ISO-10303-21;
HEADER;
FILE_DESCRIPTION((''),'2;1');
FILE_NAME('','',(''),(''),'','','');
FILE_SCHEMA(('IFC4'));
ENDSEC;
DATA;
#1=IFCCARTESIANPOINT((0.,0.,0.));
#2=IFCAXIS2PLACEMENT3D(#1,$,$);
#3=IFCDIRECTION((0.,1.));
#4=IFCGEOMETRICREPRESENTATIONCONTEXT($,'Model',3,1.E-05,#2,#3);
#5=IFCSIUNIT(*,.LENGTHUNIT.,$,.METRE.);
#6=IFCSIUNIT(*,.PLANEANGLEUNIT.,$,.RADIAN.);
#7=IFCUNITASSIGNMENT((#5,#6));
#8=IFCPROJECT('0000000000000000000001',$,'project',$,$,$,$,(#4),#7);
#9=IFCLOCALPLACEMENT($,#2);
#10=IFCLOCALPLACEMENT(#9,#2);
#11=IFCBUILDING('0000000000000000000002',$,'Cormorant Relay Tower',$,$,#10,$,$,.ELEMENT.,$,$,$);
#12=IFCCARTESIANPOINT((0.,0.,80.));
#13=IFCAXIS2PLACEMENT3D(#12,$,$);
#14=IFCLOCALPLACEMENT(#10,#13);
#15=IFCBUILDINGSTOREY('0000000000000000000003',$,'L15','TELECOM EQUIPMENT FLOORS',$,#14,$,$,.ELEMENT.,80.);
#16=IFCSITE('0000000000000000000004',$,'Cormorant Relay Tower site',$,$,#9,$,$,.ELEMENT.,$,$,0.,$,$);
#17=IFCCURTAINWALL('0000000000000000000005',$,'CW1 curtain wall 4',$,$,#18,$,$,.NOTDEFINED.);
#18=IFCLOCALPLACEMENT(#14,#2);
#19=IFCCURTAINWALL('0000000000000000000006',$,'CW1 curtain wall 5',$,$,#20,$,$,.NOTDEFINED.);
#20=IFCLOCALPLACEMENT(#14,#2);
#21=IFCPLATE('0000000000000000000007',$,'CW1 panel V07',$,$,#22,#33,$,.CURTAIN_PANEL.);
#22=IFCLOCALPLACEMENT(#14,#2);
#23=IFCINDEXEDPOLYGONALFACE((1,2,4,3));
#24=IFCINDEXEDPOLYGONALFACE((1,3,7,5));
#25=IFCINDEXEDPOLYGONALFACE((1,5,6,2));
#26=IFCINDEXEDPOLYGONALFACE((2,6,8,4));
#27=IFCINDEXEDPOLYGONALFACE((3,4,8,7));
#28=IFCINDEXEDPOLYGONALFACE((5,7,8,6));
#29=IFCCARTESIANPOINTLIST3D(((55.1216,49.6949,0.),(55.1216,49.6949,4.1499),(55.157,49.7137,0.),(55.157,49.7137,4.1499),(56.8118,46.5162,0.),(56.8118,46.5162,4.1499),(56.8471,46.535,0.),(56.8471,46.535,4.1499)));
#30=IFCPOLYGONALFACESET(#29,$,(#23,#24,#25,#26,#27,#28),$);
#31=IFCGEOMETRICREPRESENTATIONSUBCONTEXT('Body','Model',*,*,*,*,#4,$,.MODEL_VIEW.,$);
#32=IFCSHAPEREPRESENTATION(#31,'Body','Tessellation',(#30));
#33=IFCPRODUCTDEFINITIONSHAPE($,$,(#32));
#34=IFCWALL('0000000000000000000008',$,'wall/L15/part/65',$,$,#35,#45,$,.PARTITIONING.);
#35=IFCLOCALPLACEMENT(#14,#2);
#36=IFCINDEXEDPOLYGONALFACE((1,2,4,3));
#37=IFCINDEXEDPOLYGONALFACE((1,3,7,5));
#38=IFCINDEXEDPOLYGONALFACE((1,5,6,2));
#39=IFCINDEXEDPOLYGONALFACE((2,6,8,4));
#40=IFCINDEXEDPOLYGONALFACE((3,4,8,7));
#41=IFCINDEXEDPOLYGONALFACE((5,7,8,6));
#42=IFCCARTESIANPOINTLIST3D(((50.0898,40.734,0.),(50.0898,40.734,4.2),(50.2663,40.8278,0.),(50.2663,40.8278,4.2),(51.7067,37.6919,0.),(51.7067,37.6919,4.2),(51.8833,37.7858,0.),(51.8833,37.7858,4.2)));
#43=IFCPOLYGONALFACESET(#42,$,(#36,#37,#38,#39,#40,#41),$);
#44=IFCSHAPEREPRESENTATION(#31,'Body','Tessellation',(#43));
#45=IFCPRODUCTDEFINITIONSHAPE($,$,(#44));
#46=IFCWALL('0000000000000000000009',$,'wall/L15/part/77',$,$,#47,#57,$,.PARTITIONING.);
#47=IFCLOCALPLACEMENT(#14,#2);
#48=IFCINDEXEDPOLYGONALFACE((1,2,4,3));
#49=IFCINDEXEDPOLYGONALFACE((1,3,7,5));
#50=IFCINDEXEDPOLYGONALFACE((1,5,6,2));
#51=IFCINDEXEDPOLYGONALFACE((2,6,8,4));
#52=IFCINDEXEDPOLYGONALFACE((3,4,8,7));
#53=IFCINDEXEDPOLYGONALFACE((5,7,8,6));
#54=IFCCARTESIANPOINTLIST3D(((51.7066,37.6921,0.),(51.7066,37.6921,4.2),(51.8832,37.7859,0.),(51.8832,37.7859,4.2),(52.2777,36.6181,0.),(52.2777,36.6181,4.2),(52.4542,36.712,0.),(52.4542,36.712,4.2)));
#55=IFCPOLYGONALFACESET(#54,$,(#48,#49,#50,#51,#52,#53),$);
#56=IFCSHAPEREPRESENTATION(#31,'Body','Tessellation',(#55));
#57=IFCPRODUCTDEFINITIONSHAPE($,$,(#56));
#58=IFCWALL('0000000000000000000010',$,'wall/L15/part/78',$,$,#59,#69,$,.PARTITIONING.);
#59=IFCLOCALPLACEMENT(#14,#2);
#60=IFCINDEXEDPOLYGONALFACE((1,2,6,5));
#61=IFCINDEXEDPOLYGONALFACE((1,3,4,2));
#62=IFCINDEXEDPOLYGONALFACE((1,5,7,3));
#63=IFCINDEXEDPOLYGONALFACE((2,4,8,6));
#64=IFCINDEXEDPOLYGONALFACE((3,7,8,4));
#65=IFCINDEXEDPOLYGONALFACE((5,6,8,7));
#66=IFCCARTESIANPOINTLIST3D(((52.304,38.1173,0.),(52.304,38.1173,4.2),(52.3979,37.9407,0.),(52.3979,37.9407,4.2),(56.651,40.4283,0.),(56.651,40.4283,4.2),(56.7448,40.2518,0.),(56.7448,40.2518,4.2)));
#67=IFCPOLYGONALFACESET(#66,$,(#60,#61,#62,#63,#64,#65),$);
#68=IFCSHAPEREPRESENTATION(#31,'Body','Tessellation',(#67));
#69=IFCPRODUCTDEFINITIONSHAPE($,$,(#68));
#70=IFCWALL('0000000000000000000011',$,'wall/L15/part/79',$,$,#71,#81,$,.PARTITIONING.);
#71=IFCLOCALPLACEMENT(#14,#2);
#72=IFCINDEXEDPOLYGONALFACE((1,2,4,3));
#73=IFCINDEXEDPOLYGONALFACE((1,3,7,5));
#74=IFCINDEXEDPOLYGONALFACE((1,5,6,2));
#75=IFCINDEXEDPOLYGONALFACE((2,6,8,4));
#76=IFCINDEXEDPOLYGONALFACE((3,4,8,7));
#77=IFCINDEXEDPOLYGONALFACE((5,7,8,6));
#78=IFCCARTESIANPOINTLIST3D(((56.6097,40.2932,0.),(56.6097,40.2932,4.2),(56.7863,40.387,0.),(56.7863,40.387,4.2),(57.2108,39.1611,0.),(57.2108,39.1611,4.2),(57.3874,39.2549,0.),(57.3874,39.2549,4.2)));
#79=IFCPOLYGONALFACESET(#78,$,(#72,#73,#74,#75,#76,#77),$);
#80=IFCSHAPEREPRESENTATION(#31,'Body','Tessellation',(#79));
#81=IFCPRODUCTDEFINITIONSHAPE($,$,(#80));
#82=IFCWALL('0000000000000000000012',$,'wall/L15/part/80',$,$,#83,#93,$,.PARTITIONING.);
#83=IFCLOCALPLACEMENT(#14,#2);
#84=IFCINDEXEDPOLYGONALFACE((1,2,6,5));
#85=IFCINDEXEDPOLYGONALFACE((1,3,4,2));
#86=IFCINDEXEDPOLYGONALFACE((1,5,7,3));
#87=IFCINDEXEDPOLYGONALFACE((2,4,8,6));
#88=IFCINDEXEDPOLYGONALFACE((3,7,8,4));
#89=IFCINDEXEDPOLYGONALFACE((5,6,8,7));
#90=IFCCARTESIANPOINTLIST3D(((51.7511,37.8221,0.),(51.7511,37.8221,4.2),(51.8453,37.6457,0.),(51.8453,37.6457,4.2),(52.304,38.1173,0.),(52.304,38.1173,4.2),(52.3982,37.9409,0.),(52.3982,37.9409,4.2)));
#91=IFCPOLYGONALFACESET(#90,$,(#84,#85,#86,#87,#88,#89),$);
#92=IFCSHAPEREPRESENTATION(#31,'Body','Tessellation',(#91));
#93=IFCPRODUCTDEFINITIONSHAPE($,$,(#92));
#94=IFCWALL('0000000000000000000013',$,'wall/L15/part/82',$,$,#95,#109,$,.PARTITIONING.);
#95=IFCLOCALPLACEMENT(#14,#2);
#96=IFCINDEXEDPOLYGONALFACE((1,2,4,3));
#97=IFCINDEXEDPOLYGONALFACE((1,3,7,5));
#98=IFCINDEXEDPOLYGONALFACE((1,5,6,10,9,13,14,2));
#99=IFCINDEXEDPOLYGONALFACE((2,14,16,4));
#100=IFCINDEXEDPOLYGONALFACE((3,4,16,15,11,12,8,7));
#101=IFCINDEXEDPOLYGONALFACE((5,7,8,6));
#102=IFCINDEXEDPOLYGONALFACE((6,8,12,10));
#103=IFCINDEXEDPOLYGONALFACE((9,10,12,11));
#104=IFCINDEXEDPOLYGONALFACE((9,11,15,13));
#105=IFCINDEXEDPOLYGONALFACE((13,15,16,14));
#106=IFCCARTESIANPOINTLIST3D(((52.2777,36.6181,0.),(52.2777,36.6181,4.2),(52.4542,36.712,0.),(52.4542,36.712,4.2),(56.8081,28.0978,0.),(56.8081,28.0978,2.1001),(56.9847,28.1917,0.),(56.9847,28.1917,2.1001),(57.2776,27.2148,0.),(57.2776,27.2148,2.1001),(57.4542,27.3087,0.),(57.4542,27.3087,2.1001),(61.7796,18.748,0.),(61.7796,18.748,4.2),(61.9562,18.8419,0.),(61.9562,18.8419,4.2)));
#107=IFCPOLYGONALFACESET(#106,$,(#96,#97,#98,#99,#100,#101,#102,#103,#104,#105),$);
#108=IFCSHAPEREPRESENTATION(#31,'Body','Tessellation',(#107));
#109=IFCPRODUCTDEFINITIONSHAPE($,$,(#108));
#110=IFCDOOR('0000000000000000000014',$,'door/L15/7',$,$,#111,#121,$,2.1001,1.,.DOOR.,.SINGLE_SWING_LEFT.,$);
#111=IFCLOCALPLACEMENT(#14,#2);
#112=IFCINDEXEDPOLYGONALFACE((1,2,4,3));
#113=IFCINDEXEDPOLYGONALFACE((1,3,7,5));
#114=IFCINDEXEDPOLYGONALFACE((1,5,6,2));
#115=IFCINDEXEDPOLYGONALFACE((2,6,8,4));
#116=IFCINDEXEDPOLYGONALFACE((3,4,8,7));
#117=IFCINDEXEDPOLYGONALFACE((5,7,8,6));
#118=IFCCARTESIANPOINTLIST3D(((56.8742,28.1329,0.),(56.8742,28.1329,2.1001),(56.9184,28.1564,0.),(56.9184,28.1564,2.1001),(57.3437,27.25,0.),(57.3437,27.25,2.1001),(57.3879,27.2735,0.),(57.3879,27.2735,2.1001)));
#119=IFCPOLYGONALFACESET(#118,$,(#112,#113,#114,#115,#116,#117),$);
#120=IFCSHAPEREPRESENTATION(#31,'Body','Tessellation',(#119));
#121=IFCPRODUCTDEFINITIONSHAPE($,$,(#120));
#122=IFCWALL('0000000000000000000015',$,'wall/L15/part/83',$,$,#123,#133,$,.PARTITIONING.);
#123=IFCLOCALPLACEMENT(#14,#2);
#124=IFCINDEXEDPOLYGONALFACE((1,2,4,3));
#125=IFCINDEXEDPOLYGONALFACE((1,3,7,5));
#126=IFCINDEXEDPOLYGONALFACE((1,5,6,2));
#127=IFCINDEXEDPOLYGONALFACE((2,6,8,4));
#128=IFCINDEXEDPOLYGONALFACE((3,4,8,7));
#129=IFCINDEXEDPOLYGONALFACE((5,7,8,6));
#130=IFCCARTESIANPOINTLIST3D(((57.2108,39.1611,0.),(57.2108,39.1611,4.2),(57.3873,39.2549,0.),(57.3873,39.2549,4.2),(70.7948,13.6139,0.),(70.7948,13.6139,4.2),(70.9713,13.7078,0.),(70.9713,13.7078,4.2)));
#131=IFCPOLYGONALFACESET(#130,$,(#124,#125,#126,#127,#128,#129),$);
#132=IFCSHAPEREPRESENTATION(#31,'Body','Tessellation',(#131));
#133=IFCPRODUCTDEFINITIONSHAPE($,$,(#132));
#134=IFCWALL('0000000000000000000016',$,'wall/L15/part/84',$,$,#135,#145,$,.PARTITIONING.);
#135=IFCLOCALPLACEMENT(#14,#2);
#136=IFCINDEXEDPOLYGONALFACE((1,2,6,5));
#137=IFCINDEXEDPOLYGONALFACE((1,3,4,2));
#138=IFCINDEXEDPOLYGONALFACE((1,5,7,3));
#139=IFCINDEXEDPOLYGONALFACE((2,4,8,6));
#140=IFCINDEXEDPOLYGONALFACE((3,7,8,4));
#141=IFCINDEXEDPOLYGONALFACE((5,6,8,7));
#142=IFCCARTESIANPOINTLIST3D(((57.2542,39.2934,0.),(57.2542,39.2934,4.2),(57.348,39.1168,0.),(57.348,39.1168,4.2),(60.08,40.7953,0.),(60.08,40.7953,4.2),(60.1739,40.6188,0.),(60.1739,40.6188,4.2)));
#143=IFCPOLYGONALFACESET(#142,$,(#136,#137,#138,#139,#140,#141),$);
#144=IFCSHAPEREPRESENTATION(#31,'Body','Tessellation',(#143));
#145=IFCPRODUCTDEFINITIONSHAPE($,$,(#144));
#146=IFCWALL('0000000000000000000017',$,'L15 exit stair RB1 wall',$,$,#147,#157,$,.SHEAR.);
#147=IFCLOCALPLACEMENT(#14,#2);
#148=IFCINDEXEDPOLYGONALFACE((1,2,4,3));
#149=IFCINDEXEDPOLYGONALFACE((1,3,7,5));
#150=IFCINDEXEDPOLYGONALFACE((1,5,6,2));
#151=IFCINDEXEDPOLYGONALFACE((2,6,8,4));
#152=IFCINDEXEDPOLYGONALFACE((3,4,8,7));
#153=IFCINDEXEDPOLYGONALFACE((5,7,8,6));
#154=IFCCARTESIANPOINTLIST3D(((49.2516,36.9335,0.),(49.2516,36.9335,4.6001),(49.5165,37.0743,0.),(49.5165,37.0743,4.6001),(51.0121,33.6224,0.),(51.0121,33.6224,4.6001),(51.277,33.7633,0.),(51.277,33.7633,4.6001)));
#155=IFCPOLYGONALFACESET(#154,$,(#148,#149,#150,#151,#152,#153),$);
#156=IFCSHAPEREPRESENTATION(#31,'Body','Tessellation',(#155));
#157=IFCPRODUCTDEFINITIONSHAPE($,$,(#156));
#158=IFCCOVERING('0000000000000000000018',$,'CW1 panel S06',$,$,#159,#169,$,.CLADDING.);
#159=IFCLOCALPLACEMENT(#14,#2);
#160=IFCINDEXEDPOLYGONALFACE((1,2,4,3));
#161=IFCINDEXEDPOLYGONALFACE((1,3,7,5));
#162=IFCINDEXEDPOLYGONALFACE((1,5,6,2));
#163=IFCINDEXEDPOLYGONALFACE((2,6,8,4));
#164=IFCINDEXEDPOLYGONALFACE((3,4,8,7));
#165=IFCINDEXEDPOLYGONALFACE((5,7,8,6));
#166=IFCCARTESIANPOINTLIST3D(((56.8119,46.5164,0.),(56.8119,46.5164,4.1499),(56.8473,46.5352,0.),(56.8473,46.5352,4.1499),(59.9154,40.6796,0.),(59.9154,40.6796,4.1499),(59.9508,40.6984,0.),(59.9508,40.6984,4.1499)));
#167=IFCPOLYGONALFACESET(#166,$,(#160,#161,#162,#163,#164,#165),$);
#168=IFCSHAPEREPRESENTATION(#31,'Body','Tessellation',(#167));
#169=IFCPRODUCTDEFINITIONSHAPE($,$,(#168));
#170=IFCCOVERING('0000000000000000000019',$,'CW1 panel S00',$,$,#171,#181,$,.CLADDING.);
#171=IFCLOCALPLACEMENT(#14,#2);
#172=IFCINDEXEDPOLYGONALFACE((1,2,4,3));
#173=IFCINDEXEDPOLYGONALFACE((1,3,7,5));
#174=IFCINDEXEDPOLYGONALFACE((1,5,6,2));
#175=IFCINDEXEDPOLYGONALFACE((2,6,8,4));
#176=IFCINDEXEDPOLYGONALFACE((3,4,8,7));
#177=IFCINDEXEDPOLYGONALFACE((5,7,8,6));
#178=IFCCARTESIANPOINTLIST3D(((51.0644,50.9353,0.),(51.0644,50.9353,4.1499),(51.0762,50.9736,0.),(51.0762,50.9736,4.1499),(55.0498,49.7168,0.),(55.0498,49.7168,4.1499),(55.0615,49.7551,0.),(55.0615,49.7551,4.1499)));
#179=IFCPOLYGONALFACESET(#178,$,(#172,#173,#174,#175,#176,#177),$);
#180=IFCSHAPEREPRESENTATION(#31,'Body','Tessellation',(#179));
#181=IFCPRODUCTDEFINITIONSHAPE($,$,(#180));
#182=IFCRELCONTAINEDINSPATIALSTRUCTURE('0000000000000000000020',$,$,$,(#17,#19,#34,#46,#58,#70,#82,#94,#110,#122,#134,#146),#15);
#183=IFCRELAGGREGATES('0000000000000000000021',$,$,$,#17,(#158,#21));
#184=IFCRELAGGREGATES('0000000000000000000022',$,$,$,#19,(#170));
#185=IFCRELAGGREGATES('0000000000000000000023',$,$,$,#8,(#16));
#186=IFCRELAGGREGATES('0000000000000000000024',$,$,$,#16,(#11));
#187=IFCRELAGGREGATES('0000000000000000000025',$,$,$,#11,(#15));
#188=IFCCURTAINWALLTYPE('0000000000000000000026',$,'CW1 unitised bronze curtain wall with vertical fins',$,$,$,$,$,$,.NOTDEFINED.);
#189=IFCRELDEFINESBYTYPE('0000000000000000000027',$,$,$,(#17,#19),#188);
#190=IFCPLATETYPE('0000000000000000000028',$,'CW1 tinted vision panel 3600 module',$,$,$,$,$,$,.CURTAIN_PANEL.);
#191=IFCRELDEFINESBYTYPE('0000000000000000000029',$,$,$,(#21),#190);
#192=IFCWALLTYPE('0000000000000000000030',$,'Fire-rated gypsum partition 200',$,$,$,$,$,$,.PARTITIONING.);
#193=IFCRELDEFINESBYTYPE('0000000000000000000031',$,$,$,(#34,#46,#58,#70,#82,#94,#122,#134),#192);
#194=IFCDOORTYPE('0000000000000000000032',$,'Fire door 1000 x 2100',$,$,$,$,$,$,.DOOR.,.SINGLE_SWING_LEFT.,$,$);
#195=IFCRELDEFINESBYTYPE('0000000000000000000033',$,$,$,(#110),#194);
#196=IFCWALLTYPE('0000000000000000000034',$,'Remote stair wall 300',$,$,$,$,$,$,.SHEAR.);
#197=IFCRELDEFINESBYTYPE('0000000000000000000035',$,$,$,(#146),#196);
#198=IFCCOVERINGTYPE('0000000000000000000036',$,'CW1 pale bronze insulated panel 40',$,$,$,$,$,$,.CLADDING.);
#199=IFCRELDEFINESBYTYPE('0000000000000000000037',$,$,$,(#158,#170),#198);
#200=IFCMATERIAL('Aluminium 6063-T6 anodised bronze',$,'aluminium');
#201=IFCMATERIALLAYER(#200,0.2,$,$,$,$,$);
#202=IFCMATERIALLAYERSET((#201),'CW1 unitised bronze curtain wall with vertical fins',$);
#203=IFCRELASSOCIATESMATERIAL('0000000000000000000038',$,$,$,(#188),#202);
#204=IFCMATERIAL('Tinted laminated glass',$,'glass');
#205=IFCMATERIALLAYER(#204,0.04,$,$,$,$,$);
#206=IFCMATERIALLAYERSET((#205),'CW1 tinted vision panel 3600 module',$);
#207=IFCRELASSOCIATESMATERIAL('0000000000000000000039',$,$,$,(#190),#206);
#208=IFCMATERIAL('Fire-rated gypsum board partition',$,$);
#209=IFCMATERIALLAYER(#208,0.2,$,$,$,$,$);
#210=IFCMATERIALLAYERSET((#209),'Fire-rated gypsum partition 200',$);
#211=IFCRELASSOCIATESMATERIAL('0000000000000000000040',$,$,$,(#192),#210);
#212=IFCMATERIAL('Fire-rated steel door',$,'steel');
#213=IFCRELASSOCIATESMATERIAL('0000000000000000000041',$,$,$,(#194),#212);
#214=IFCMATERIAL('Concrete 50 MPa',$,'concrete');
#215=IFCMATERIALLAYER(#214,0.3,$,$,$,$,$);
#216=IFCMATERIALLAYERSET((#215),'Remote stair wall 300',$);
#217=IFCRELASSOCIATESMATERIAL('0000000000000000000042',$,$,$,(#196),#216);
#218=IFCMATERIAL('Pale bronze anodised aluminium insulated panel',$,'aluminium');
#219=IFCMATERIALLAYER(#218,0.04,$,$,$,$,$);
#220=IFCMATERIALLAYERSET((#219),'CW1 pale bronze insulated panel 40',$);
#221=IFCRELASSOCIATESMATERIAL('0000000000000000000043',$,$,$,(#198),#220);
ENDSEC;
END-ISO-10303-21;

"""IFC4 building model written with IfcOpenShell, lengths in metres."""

from ifc_helpers import new_model, si_unit, direction, frame, frame_2d, origin, origin_2d, place, context, subcontext, project, spatial, rectangle, extrude, material, layer, layer_set, type_object, element, fill, aggregate, save


model = new_model("IFC4")

# Units and contexts
model_context = context("Model", 3, precision=1e-05, world=origin(), true_north=direction((0.0, 1.0)))
body_context = subcontext(model_context, "Body", "Model", "MODEL_VIEW")
ifc_project = project(units=[si_unit("LENGTHUNIT", "METRE"), si_unit("PLANEANGLEUNIT", "RADIAN")], contexts=[model_context])

# Site, building, storey
site_placement = place(None, origin())
site = spatial("IfcSite", under=ifc_project, at=site_placement, Name="Cormorant Relay Tower site", CompositionType="ELEMENT", RefElevation=0.0)
building_placement = place(site_placement, origin())
building = spatial("IfcBuilding", under=site, at=building_placement, Name="Cormorant Relay Tower", CompositionType="ELEMENT")
storey_placement = place(building_placement, frame((0.0, 0.0, 80.0)))
storey = spatial("IfcBuildingStorey", under=building, at=storey_placement, Name="L15", Description="TELECOM EQUIPMENT FLOORS", CompositionType="ELEMENT", Elevation=80.0)

# Curtain wall
ifc_material_1 = material(Name="Aluminium 6063-T6 anodised bronze", Category="aluminium")
ifc_layer_1 = layer(ifc_material_1, 0.2)
ifc_layer_set_1 = layer_set([ifc_layer_1], Name="CW1 unitised bronze curtain wall with vertical fins")
curtain_wall_type = type_object("IfcCurtainWallType", Name="CW1 unitised bronze curtain wall with vertical fins", PredefinedType="NOTDEFINED", material=ifc_layer_set_1)
curtain_wall_1_placement = place(storey_placement, origin())
curtain_wall_1 = element("IfcCurtainWall", 1, at=curtain_wall_1_placement, inside=storey, type_object=curtain_wall_type, Name="CW1 curtain wall 4", PredefinedType="NOTDEFINED")

# Curtain wall
curtain_wall_2_placement = place(storey_placement, origin())
curtain_wall_2 = element("IfcCurtainWall", 2, at=curtain_wall_2_placement, inside=storey, type_object=curtain_wall_type, Name="CW1 curtain wall 5", PredefinedType="NOTDEFINED")

# Plate
ifc_material_2 = material(Name="Tinted laminated glass", Category="glass")
ifc_layer_2 = layer(ifc_material_2, 0.04)
ifc_layer_set_2 = layer_set([ifc_layer_2], Name="CW1 tinted vision panel 3600 module")
plate_type_1 = type_object("IfcPlateType", Name="CW1 tinted vision panel 3600 module", PredefinedType="CURTAIN_PANEL", material=ifc_layer_set_2)
plate_1_placement = place(storey_placement, frame((55.9844, 48.115, 0.0), z_axis=(0.0, 0.0, 1.0), x_axis=(-0.469472, 0.882948, 0.0)))
plate_1 = element("IfcPlate", 3, at=plate_1_placement, type_object=plate_type_1, Name="CW1 panel V07", PredefinedType="CURTAIN_PANEL", context=body_context, shape_type="SweptSolid", body=[
    extrude(rectangle(XDim=3.6001, YDim=0.04, at=origin_2d()), origin(), (0.0, 0.0, 1.0), 4.1499),
])

# Walls
ifc_material_3 = material(Name="Fire-rated gypsum board partition")
ifc_layer_3 = layer(ifc_material_3, 0.2)
ifc_layer_set_3 = layer_set([ifc_layer_3], Name="Fire-rated gypsum partition 200")
wall_type_1 = type_object("IfcWallType", Name="Fire-rated gypsum partition 200", PredefinedType="PARTITIONING", material=ifc_layer_set_3)
wall_1_placement = place(storey_placement, frame((50.178, 40.781, 0.0), z_axis=(0.0, 0.0, 1.0), x_axis=(0.469356, -0.883009, 0.0)))
element("IfcWall", 4, at=wall_1_placement, inside=storey, type_object=wall_type_1, Name="wall/L15/part/65", PredefinedType="PARTITIONING", context=body_context, shape_type="SweptSolid", body=[
    extrude(rectangle(XDim=3.4451, YDim=0.2, at=frame_2d((1.7227, 0.0))), origin(), (0.0, 0.0, 1.0), 4.2),
])
wall_2_placement = place(storey_placement, frame((51.7949, 37.739, 0.0), z_axis=(0.0, 0.0, 1.0), x_axis=(0.469473, -0.882947, 0.0)))
element("IfcWall", 5, at=wall_2_placement, inside=storey, type_object=wall_type_1, Name="wall/L15/part/77", PredefinedType="PARTITIONING", context=body_context, shape_type="SweptSolid", body=[
    extrude(rectangle(XDim=1.2163, YDim=0.2, at=frame_2d((0.6082, 0.0))), origin(), (0.0, 0.0, 1.0), 4.2),
])
wall_3_placement = place(storey_placement, frame((52.3511, 38.0291, 0.0), z_axis=(0.0, 0.0, 1.0), x_axis=(0.88297, 0.46943, 0.0)))
element("IfcWall", 6, at=wall_3_placement, inside=storey, type_object=wall_type_1, Name="wall/L15/part/78", PredefinedType="PARTITIONING", context=body_context, shape_type="SweptSolid", body=[
    extrude(rectangle(XDim=4.9231, YDim=0.2, at=frame_2d((2.4614, 0.0))), origin(), (0.0, 0.0, 1.0), 4.2),
])
wall_4_placement = place(storey_placement, frame((56.698, 40.3401, 0.0), z_axis=(0.0, 0.0, 1.0), x_axis=(0.468946, -0.883227, 0.0)))
element("IfcWall", 7, at=wall_4_placement, inside=storey, type_object=wall_type_1, Name="wall/L15/part/79", PredefinedType="PARTITIONING", context=body_context, shape_type="SweptSolid", body=[
    extrude(rectangle(XDim=1.2817, YDim=0.2, at=frame_2d((0.6409, 0.0))), origin(), (0.0, 0.0, 1.0), 4.2),
])
wall_5_placement = place(storey_placement, frame((51.7981, 37.7339, 0.0), z_axis=(0.0, 0.0, 1.0), x_axis=(0.882191, 0.470891, 0.0)))
element("IfcWall", 8, at=wall_5_placement, inside=storey, type_object=wall_type_1, Name="wall/L15/part/80", PredefinedType="PARTITIONING", context=body_context, shape_type="SweptSolid", body=[
    extrude(rectangle(XDim=0.6267, YDim=0.2, at=frame_2d((0.3135, 0.0))), origin(), (0.0, 0.0, 1.0), 4.2),
])

# Wall, opening, door
wall_6_placement = place(storey_placement, frame((52.366, 36.665, 0.0), z_axis=(0.0, 0.0, 1.0), x_axis=(0.469481, -0.882943, 0.0)))
wall_6 = element("IfcWall", 9, at=wall_6_placement, inside=storey, type_object=wall_type_1, Name="wall/L15/part/82", PredefinedType="PARTITIONING", context=body_context, shape_type="SweptSolid", body=[
    extrude(rectangle(XDim=20.2393, YDim=0.2, at=frame_2d((10.1196, 0.0))), origin(), (0.0, 0.0, 1.0), 4.2),
])
opening_placement = place(wall_6_placement, frame((9.6499, 0.0, 0.0)))
opening = element("IfcOpeningElement", 10, at=opening_placement, cuts=wall_6, PredefinedType="OPENING", context=body_context, shape_type="SweptSolid", body=[
    extrude(rectangle(XDim=1.0, YDim=2.1001, at=frame_2d((0.5, 1.05))), frame((0.0, 0.1099, 0.0), z_axis=(0.0, -1.0, 0.0), x_axis=(1.0, 0.0, 0.0)), (0.0, 0.0, 1.0), 0.22),
])
ifc_material_4 = material(Name="Fire-rated steel door", Category="steel")
door_type = type_object("IfcDoorType", Name="Fire door 1000 x 2100", OperationType="SINGLE_SWING_LEFT", PredefinedType="DOOR", material=ifc_material_4)
door_placement = place(opening_placement, origin())
door = element("IfcDoor", 11, at=door_placement, inside=storey, type_object=door_type, Name="door/L15/7", OperationType="SINGLE_SWING_LEFT", OverallHeight=2.1001, OverallWidth=1.0, PredefinedType="DOOR", context=body_context, shape_type="SweptSolid", body=[
    extrude(rectangle(XDim=1.0, YDim=2.1001, at=frame_2d((0.5, 1.05))), frame((0.0, 0.0249, 0.0), z_axis=(0.0, -1.0, 0.0), x_axis=(1.0, 0.0, 0.0)), (0.0, 0.0, 1.0), 0.05),
])
fill(opening, door)

# Walls
wall_7_placement = place(storey_placement, frame((57.2991, 39.208, 0.0), z_axis=(0.0, 0.0, 1.0), x_axis=(0.469481, -0.882943, 0.0)))
element("IfcWall", 12, at=wall_7_placement, inside=storey, type_object=wall_type_1, Name="wall/L15/part/83", PredefinedType="PARTITIONING", context=body_context, shape_type="SweptSolid", body=[
    extrude(rectangle(XDim=28.9341, YDim=0.2, at=frame_2d((14.467, 0.0))), origin(), (0.0, 0.0, 1.0), 4.2),
])
wall_8_placement = place(storey_placement, frame((60.127, 40.707, 0.0), z_axis=(0.0, 0.0, 1.0), x_axis=(-0.883028, -0.469321, 0.0)))
element("IfcWall", 13, at=wall_8_placement, inside=storey, type_object=wall_type_1, Name="wall/L15/part/84", PredefinedType="PARTITIONING", context=body_context, shape_type="SweptSolid", body=[
    extrude(rectangle(XDim=3.2002, YDim=0.2, at=frame_2d((1.6001, 0.0))), origin(), (0.0, 0.0, 1.0), 4.2),
])
ifc_material_5 = material(Name="Concrete 50 MPa", Category="concrete")
ifc_layer_4 = layer(ifc_material_5, 0.3)
ifc_layer_set_4 = layer_set([ifc_layer_4], Name="Remote stair wall 300")
wall_type_2 = type_object("IfcWallType", Name="Remote stair wall 300", PredefinedType="SHEAR", material=ifc_layer_set_4)
wall_9_placement = place(storey_placement, frame((49.384, 37.0039, 0.0), z_axis=(0.0, 0.0, 1.0), x_axis=(0.469469, -0.882949, 0.0)))
element("IfcWall", 14, at=wall_9_placement, inside=storey, type_object=wall_type_2, Name="L15 exit stair RB1 wall", PredefinedType="SHEAR", context=body_context, shape_type="SweptSolid", body=[
    extrude(rectangle(XDim=3.75, YDim=0.3, at=frame_2d((1.875, 0.0))), origin(), (0.0, 0.0, 1.0), 4.6001),
])

# Coverings
ifc_material_6 = material(Name="Pale bronze anodised aluminium insulated panel", Category="aluminium")
ifc_layer_5 = layer(ifc_material_6, 0.04)
ifc_layer_set_5 = layer_set([ifc_layer_5], Name="CW1 pale bronze insulated panel 40")
covering_type = type_object("IfcCoveringType", Name="CW1 pale bronze insulated panel 40", PredefinedType="CLADDING", material=ifc_layer_set_5)
covering_1_placement = place(storey_placement, frame((58.3813, 43.6074, 0.0), z_axis=(0.0, 0.0, 1.0), x_axis=(-0.469472, 0.882948, 0.0)))
covering_1 = element("IfcCovering", 15, at=covering_1_placement, type_object=covering_type, Name="CW1 panel S06", PredefinedType="CLADDING", context=body_context, shape_type="SweptSolid", body=[
    extrude(rectangle(XDim=6.6106, YDim=0.04, at=origin_2d()), origin(), (0.0, 0.0, 1.0), 4.1499),
])
aggregate(curtain_wall_1, [covering_1, plate_1])
covering_2_placement = place(storey_placement, frame((53.063, 50.3452, 0.0), z_axis=(0.0, 0.0, 1.0), x_axis=(-0.956305, 0.292372, 0.0)))
covering_2 = element("IfcCovering", 16, at=covering_2_placement, type_object=covering_type, Name="CW1 panel S00", PredefinedType="CLADDING", context=body_context, shape_type="SweptSolid", body=[
    extrude(rectangle(XDim=4.1675, YDim=0.04, at=origin_2d()), origin(), (0.0, 0.0, 1.0), 4.1499),
])
aggregate(curtain_wall_2, [covering_2])

save(model, "model.ifc")
